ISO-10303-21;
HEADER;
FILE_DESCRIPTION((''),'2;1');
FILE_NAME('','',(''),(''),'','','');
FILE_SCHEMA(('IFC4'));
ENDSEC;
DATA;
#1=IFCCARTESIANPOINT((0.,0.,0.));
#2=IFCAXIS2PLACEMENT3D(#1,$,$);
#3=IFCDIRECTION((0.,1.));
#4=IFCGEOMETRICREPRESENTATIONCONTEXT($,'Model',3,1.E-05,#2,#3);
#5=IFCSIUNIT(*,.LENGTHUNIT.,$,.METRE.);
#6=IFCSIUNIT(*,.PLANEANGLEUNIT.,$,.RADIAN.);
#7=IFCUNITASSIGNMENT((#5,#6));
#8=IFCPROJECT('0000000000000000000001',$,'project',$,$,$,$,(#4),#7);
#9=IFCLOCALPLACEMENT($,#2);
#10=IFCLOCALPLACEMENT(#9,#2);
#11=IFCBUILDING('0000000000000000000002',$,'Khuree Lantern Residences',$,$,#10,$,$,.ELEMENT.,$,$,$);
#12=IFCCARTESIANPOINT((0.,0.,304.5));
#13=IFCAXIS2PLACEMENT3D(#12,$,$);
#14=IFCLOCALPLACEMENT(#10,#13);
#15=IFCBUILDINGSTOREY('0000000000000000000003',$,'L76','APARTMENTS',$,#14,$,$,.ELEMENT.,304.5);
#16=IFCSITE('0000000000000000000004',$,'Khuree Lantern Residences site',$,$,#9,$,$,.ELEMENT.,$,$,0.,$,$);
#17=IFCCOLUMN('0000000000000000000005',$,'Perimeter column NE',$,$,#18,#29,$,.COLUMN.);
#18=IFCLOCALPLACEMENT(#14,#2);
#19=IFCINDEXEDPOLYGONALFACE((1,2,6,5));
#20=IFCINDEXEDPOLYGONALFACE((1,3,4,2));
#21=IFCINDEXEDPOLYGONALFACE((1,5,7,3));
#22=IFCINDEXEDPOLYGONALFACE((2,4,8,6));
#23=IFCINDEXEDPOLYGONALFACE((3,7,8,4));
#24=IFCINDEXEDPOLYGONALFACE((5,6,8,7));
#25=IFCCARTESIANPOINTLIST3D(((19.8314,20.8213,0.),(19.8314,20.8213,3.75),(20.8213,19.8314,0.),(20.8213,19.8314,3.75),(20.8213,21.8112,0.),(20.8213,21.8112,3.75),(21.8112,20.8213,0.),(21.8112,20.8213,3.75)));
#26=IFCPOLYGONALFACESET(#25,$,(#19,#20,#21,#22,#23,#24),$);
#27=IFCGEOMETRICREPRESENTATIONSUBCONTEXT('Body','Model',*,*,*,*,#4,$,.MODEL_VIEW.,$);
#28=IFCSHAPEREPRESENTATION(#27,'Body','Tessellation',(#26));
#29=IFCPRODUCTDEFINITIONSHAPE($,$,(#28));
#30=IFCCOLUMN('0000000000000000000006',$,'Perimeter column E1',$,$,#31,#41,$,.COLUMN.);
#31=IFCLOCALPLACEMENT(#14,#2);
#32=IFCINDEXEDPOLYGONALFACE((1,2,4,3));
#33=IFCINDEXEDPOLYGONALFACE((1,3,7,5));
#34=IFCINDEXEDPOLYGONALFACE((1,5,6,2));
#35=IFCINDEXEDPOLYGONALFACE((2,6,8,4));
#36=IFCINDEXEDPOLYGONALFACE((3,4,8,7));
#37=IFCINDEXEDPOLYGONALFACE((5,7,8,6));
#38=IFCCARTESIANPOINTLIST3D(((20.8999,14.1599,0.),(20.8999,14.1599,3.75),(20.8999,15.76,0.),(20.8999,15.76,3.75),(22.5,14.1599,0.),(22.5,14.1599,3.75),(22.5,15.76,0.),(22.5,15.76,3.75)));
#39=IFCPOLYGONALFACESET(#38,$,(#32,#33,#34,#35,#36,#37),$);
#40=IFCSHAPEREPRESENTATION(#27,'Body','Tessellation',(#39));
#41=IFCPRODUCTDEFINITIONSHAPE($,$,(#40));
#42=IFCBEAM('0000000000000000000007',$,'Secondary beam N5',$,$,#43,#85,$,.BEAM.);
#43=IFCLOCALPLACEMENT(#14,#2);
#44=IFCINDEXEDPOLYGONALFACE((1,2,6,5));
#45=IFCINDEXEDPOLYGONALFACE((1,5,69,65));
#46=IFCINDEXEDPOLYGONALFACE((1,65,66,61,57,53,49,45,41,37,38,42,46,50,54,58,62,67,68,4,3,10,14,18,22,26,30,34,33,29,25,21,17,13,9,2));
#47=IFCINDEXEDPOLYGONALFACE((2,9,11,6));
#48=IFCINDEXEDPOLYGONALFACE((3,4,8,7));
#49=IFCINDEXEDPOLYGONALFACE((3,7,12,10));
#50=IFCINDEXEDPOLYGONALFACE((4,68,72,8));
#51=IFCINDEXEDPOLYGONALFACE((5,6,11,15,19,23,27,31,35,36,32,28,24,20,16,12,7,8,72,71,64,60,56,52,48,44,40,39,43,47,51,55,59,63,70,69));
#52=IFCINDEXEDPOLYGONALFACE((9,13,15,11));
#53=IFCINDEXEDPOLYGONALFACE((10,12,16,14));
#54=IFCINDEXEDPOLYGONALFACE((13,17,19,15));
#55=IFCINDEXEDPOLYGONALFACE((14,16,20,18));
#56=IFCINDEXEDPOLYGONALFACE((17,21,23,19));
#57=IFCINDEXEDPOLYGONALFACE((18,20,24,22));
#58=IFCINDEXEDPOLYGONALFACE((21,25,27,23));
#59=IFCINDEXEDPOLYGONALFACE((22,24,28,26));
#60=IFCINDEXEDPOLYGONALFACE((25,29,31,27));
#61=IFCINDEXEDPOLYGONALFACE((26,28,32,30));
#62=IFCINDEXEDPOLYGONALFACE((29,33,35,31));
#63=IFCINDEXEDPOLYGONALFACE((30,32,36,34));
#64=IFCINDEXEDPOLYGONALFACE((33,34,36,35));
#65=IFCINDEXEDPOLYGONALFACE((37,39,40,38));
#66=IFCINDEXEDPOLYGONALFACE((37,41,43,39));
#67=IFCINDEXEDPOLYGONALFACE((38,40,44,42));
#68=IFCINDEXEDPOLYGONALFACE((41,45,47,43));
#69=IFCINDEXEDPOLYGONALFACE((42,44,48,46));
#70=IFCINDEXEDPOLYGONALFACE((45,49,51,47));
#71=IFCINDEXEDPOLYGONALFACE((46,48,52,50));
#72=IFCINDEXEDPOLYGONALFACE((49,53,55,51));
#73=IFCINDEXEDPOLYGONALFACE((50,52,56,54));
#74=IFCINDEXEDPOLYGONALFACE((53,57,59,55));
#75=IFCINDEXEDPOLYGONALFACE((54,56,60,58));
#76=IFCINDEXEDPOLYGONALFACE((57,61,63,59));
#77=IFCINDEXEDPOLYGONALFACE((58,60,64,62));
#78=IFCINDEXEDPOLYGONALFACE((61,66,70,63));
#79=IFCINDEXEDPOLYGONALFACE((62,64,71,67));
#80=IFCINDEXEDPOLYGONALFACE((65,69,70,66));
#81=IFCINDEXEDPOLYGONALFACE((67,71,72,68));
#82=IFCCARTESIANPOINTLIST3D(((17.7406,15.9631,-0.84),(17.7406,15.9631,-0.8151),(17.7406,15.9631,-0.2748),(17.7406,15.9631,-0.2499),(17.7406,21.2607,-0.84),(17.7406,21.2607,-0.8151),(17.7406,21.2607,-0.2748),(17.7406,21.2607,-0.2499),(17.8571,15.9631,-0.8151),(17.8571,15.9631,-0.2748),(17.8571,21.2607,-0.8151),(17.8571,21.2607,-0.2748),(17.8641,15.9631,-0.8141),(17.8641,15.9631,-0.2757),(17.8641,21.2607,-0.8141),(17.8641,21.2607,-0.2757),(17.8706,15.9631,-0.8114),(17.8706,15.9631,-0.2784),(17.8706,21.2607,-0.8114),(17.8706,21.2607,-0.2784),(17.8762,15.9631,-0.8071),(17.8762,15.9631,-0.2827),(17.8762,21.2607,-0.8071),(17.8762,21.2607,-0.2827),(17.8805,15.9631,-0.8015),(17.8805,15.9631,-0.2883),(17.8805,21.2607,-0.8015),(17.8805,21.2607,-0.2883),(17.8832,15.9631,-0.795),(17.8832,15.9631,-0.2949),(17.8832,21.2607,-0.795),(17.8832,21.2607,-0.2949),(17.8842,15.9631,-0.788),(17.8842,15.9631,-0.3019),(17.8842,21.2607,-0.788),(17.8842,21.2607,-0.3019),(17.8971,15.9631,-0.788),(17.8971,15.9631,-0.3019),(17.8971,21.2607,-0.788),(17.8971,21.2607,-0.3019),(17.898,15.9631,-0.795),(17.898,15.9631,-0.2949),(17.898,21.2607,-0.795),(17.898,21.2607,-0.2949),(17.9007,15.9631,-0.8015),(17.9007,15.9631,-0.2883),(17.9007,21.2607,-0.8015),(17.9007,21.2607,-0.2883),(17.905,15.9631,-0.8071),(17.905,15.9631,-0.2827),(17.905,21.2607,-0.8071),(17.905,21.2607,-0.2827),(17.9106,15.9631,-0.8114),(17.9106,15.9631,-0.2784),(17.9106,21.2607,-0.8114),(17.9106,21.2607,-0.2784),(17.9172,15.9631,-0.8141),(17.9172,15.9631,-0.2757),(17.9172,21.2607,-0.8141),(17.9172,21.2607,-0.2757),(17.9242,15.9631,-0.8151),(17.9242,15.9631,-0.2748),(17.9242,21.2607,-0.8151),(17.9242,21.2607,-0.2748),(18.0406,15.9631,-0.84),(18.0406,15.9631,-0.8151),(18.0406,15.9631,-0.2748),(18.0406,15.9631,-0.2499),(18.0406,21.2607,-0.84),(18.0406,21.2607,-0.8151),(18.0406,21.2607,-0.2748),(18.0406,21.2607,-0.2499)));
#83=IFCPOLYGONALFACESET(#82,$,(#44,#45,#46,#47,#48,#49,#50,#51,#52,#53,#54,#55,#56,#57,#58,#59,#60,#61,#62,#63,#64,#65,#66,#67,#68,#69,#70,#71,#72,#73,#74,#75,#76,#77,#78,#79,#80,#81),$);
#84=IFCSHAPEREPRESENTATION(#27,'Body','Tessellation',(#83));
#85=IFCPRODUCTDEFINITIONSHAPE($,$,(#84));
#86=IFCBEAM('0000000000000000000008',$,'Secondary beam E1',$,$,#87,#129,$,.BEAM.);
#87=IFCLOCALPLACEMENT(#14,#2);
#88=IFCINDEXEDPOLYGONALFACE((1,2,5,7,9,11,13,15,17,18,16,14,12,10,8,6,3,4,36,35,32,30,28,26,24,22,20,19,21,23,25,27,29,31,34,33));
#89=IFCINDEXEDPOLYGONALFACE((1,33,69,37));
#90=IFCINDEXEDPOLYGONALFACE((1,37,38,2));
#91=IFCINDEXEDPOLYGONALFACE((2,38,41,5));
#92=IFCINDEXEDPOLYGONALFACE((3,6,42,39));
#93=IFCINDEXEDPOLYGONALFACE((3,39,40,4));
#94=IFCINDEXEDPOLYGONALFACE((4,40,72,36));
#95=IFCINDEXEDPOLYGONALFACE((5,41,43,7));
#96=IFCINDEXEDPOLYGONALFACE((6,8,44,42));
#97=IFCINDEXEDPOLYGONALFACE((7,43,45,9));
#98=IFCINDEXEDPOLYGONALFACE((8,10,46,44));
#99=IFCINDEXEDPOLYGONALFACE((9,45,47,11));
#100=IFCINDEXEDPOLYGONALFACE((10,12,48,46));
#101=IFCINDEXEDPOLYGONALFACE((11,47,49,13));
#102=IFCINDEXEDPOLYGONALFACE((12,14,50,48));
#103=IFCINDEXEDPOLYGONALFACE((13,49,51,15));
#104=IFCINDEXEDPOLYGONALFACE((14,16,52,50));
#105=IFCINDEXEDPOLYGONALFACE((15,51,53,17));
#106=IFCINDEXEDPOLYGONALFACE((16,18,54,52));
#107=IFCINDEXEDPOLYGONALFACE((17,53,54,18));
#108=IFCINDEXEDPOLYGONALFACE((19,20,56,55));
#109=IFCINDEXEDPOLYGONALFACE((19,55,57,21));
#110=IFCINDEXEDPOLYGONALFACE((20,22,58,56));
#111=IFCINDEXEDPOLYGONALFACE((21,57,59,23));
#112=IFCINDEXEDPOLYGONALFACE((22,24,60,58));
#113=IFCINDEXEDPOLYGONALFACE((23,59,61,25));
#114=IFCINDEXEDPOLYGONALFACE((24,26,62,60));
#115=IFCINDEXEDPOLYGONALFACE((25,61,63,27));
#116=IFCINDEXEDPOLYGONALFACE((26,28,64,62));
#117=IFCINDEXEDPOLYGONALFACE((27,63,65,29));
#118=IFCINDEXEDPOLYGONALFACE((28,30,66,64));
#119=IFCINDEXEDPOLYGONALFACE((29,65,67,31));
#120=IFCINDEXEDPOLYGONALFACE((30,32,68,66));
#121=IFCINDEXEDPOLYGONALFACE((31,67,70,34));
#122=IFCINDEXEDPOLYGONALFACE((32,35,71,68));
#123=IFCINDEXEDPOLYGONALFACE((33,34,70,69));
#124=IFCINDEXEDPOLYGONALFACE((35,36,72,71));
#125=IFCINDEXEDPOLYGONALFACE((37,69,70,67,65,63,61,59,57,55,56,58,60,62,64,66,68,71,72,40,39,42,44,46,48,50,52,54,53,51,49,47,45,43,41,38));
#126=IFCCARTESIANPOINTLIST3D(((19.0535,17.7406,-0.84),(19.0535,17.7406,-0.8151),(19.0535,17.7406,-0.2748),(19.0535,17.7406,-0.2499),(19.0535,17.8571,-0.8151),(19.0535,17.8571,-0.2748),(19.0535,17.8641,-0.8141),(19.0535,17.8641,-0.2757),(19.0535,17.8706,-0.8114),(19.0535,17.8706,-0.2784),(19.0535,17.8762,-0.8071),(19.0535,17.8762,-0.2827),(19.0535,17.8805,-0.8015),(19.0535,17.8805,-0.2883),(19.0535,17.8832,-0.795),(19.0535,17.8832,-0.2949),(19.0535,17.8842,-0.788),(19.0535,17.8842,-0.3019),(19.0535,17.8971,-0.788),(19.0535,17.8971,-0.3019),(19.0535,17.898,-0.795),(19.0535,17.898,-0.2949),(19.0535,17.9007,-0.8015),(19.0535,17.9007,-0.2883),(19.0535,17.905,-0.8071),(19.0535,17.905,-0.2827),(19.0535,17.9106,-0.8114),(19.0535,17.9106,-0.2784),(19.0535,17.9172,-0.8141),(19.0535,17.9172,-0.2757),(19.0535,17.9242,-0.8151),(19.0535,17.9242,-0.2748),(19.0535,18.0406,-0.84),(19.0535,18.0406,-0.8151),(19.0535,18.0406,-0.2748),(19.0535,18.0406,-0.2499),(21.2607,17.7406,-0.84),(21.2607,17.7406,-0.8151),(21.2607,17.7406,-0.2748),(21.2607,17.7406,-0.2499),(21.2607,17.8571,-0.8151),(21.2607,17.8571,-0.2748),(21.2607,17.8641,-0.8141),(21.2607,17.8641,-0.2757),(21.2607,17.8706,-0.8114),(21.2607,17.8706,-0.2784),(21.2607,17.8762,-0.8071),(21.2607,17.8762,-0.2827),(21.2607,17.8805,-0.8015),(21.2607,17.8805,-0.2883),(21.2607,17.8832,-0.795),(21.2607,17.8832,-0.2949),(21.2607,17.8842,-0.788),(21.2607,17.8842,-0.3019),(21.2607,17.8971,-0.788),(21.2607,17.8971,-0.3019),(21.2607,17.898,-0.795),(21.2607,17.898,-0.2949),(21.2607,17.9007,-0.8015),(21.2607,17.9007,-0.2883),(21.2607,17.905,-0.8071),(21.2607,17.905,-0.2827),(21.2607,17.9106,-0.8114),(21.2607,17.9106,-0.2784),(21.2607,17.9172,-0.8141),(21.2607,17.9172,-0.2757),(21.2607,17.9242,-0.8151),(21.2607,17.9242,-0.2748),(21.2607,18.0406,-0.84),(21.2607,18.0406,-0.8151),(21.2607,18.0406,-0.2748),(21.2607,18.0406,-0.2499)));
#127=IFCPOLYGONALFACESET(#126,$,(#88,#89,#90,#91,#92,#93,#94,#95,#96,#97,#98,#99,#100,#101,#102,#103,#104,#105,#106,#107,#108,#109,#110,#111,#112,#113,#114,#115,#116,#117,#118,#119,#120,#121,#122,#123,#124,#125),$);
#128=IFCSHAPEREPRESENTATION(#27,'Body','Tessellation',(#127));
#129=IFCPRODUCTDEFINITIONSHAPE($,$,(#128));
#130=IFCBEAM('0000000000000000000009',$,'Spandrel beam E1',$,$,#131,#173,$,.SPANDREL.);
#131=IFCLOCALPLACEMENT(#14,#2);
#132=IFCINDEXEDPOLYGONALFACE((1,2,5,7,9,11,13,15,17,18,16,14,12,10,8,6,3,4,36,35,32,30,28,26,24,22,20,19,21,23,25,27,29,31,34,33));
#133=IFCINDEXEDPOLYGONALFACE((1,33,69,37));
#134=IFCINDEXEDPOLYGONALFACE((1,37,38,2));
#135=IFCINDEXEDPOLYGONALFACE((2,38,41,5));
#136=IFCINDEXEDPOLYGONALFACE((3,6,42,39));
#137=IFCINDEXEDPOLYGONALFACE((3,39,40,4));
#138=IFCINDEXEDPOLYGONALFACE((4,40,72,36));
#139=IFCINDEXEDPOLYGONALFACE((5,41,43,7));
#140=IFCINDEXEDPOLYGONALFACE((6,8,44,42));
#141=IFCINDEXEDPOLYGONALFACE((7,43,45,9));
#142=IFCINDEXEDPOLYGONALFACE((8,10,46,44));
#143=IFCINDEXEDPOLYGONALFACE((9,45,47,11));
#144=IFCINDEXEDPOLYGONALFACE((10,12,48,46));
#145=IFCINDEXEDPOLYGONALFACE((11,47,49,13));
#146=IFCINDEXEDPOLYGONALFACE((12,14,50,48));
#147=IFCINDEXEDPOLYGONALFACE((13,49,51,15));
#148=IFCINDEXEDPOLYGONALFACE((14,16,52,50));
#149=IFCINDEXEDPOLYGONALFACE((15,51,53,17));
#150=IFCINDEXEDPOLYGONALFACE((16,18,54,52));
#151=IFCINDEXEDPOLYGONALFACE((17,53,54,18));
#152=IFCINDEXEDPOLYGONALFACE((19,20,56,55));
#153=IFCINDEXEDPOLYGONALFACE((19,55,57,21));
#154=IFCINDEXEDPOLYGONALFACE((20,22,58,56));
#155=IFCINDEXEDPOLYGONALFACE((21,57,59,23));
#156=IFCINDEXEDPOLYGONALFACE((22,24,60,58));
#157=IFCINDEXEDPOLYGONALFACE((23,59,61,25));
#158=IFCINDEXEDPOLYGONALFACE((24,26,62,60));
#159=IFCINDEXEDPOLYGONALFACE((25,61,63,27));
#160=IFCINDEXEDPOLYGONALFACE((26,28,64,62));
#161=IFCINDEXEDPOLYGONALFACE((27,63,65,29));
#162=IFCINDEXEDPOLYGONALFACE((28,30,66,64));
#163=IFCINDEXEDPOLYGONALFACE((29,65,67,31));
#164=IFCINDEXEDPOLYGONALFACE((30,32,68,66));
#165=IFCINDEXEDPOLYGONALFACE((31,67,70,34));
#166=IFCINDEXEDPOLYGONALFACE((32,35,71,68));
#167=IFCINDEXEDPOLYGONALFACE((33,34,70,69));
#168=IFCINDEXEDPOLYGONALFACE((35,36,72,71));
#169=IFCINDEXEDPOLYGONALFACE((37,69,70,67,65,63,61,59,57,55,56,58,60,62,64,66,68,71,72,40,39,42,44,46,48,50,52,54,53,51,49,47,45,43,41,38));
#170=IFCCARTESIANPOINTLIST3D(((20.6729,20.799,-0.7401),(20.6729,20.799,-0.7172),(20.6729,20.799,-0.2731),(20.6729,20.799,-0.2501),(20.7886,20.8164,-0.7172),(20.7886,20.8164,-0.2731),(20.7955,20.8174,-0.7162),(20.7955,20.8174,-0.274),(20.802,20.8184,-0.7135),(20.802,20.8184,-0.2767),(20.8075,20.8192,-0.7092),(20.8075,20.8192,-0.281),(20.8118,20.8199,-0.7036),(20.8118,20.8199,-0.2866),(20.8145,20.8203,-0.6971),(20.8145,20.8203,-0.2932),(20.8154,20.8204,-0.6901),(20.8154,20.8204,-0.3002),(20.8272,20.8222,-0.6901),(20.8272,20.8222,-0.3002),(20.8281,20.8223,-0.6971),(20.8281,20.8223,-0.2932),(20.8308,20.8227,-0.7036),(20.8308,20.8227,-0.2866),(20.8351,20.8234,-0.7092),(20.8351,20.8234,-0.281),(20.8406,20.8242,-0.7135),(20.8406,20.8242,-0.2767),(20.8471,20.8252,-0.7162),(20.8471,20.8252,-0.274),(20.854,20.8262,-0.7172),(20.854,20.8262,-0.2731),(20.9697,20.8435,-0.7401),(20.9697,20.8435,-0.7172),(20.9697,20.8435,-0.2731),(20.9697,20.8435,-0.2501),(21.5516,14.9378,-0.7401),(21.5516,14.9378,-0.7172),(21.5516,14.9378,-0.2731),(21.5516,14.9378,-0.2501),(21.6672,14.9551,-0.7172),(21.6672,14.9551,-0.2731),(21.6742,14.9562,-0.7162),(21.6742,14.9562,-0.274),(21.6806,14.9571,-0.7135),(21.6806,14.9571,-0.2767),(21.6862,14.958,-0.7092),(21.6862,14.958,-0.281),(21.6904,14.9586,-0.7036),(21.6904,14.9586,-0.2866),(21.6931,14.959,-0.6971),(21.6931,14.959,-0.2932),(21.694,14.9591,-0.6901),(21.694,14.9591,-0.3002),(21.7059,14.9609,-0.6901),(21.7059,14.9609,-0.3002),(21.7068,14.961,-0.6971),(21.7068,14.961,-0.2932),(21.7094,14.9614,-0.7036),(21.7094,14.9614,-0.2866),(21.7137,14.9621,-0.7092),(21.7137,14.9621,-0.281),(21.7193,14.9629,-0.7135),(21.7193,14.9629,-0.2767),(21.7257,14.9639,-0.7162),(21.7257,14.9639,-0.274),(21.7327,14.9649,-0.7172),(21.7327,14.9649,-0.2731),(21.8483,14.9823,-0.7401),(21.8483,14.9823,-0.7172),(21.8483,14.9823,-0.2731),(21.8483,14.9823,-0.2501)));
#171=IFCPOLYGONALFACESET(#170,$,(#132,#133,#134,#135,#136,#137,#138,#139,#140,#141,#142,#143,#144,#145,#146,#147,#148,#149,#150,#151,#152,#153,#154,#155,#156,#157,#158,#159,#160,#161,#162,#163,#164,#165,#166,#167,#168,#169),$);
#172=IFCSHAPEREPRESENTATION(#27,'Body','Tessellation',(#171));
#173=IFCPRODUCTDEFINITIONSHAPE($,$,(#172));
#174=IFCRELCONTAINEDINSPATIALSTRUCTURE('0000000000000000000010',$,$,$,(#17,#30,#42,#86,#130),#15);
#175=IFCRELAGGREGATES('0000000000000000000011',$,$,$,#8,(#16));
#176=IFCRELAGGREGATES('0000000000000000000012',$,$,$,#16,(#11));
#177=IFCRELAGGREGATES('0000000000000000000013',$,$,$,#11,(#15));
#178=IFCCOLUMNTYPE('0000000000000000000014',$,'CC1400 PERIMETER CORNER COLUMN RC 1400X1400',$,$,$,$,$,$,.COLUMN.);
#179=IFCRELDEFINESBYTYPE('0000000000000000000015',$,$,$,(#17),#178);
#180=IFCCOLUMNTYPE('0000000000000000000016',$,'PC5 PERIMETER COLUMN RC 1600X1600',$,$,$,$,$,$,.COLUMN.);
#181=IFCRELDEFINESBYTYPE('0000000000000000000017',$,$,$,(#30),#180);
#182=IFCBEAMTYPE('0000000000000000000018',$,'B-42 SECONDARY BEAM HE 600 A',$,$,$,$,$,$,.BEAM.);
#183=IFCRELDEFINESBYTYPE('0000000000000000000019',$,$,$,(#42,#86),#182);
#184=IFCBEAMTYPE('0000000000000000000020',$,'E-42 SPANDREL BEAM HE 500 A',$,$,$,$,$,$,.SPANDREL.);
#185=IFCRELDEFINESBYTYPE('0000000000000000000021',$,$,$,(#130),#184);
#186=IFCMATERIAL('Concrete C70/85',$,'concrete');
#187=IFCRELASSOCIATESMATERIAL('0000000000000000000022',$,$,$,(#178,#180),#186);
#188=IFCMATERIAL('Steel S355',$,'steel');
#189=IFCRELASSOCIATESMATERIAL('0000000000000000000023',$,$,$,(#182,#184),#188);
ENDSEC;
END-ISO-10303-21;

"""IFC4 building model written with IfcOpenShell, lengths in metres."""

from ifc_helpers import new_model, si_unit, direction, frame, origin, origin_2d, place, context, subcontext, project, spatial, rectangle, i_section, extrude, material, material_profile, profile_set, type_object, element, save


model = new_model("IFC4")

# Units and contexts
model_context = context("Model", 3, precision=1e-05, world=origin(), true_north=direction((0.0, 1.0)))
body_context = subcontext(model_context, "Body", "Model", "MODEL_VIEW")
ifc_project = project(units=[si_unit("LENGTHUNIT", "METRE"), si_unit("PLANEANGLEUNIT", "RADIAN")], contexts=[model_context])

# Site, building, storey
site_placement = place(None, origin())
site = spatial("IfcSite", under=ifc_project, at=site_placement, Name="Khuree Lantern Residences site", CompositionType="ELEMENT", RefElevation=0.0)
building_placement = place(site_placement, origin())
building = spatial("IfcBuilding", under=site, at=building_placement, Name="Khuree Lantern Residences", CompositionType="ELEMENT")
storey_placement = place(building_placement, frame((0.0, 0.0, 304.5)))
storey = spatial("IfcBuildingStorey", under=building, at=storey_placement, Name="L76", Description="APARTMENTS", CompositionType="ELEMENT", Elevation=304.5)

# Columns
ifc_material_1 = material(Name="Concrete C70/85", Category="concrete")
ifc_material_profile_1 = material_profile(ifc_material_1, rectangle(XDim=1.3999, YDim=1.3999, at=origin_2d()), Name="RC 1400X1400")
ifc_profile_set_1 = profile_set([ifc_material_profile_1], Name="Concrete C70/85")
column_type_1 = type_object("IfcColumnType", Name="CC1400 PERIMETER CORNER COLUMN RC 1400X1400", PredefinedType="COLUMN", material=ifc_profile_set_1)
column_1_placement = place(storey_placement, frame((20.8213, 20.8213, 0.0), z_axis=(0.0, 0.0, 1.0), x_axis=(0.707107, -0.707107, 0.0)))
element("IfcColumn", 1, at=column_1_placement, inside=storey, type_object=column_type_1, Name="Perimeter column NE", PredefinedType="COLUMN", context=body_context, shape_type="SweptSolid", body=[
    extrude(rectangle(XDim=1.3999, YDim=1.3999, at=origin_2d()), origin(), (0.0, 0.0, 1.0), 3.75),
])
ifc_material_profile_2 = material_profile(ifc_material_1, rectangle(XDim=1.6001, YDim=1.6001, at=origin_2d()), Name="RC 1600X1600")
ifc_profile_set_2 = profile_set([ifc_material_profile_2], Name="Concrete C70/85")
column_type_2 = type_object("IfcColumnType", Name="PC5 PERIMETER COLUMN RC 1600X1600", PredefinedType="COLUMN", material=ifc_profile_set_2)
column_2_placement = place(storey_placement, frame((21.7, 14.96, 0.0), z_axis=(0.0, 0.0, 1.0), x_axis=(0.0, 1.0, 0.0)))
element("IfcColumn", 2, at=column_2_placement, inside=storey, type_object=column_type_2, Name="Perimeter column E1", PredefinedType="COLUMN", context=body_context, shape_type="SweptSolid", body=[
    extrude(rectangle(XDim=1.6001, YDim=1.6001, at=origin_2d()), origin(), (0.0, 0.0, 1.0), 3.75),
])

# Beams
ifc_material_2 = material(Name="Steel S355", Category="steel")
ifc_material_profile_3 = material_profile(ifc_material_2, i_section(OverallWidth=0.3, OverallDepth=0.5901, WebThickness=0.0129, FlangeThickness=0.0249, FilletRadius=0.0271, at=origin_2d()), Name="HE 600 A")
ifc_profile_set_3 = profile_set([ifc_material_profile_3], Name="Steel S355")
beam_type_1 = type_object("IfcBeamType", Name="B-42 SECONDARY BEAM HE 600 A", PredefinedType="BEAM", material=ifc_profile_set_3)
beam_1_placement = place(storey_placement, frame((17.8906, 21.2607, -0.5449), z_axis=(0.0, -1.0, 0.0), x_axis=(1.0, 0.0, 0.0)))
element("IfcBeam", 3, at=beam_1_placement, inside=storey, type_object=beam_type_1, Name="Secondary beam N5", PredefinedType="BEAM", context=body_context, shape_type="SweptSolid", body=[
    extrude(i_section(OverallWidth=0.3, OverallDepth=0.5901, WebThickness=0.0129, FlangeThickness=0.0249, FilletRadius=0.0271, at=origin_2d()), origin(), (0.0, 0.0, 1.0), 5.2976),
])
beam_2_placement = place(storey_placement, frame((21.2607, 17.8906, -0.5449), z_axis=(-1.0, 0.0, 0.0), x_axis=(0.0, -1.0, 0.0)))
element("IfcBeam", 4, at=beam_2_placement, inside=storey, type_object=beam_type_1, Name="Secondary beam E1", PredefinedType="BEAM", context=body_context, shape_type="SweptSolid", body=[
    extrude(i_section(OverallWidth=0.3, OverallDepth=0.5901, WebThickness=0.0129, FlangeThickness=0.0249, FilletRadius=0.0271, at=origin_2d()), origin(), (0.0, 0.0, 1.0), 2.2073),
])
ifc_material_profile_4 = material_profile(ifc_material_2, i_section(OverallWidth=0.3, OverallDepth=0.49, WebThickness=0.012, FlangeThickness=0.0229, FilletRadius=0.0271, at=origin_2d()), Name="HE 500 A")
ifc_profile_set_4 = profile_set([ifc_material_profile_4], Name="Steel S355")
beam_type_2 = type_object("IfcBeamType", Name="E-42 SPANDREL BEAM HE 500 A", PredefinedType="SPANDREL", material=ifc_profile_set_4)
beam_3_placement = place(storey_placement, frame((20.8213, 20.8213, -0.4951), z_axis=(0.148252, -0.98895, 0.0), x_axis=(0.98895, 0.148252, 0.0)))
element("IfcBeam", 5, at=beam_3_placement, inside=storey, type_object=beam_type_2, Name="Spandrel beam E1", PredefinedType="SPANDREL", context=body_context, shape_type="SweptSolid", body=[
    extrude(i_section(OverallWidth=0.3, OverallDepth=0.49, WebThickness=0.012, FlangeThickness=0.0229, FilletRadius=0.0271, at=origin_2d()), origin(), (0.0, 0.0, 1.0), 5.9268),
])

save(model, "model.ifc")
